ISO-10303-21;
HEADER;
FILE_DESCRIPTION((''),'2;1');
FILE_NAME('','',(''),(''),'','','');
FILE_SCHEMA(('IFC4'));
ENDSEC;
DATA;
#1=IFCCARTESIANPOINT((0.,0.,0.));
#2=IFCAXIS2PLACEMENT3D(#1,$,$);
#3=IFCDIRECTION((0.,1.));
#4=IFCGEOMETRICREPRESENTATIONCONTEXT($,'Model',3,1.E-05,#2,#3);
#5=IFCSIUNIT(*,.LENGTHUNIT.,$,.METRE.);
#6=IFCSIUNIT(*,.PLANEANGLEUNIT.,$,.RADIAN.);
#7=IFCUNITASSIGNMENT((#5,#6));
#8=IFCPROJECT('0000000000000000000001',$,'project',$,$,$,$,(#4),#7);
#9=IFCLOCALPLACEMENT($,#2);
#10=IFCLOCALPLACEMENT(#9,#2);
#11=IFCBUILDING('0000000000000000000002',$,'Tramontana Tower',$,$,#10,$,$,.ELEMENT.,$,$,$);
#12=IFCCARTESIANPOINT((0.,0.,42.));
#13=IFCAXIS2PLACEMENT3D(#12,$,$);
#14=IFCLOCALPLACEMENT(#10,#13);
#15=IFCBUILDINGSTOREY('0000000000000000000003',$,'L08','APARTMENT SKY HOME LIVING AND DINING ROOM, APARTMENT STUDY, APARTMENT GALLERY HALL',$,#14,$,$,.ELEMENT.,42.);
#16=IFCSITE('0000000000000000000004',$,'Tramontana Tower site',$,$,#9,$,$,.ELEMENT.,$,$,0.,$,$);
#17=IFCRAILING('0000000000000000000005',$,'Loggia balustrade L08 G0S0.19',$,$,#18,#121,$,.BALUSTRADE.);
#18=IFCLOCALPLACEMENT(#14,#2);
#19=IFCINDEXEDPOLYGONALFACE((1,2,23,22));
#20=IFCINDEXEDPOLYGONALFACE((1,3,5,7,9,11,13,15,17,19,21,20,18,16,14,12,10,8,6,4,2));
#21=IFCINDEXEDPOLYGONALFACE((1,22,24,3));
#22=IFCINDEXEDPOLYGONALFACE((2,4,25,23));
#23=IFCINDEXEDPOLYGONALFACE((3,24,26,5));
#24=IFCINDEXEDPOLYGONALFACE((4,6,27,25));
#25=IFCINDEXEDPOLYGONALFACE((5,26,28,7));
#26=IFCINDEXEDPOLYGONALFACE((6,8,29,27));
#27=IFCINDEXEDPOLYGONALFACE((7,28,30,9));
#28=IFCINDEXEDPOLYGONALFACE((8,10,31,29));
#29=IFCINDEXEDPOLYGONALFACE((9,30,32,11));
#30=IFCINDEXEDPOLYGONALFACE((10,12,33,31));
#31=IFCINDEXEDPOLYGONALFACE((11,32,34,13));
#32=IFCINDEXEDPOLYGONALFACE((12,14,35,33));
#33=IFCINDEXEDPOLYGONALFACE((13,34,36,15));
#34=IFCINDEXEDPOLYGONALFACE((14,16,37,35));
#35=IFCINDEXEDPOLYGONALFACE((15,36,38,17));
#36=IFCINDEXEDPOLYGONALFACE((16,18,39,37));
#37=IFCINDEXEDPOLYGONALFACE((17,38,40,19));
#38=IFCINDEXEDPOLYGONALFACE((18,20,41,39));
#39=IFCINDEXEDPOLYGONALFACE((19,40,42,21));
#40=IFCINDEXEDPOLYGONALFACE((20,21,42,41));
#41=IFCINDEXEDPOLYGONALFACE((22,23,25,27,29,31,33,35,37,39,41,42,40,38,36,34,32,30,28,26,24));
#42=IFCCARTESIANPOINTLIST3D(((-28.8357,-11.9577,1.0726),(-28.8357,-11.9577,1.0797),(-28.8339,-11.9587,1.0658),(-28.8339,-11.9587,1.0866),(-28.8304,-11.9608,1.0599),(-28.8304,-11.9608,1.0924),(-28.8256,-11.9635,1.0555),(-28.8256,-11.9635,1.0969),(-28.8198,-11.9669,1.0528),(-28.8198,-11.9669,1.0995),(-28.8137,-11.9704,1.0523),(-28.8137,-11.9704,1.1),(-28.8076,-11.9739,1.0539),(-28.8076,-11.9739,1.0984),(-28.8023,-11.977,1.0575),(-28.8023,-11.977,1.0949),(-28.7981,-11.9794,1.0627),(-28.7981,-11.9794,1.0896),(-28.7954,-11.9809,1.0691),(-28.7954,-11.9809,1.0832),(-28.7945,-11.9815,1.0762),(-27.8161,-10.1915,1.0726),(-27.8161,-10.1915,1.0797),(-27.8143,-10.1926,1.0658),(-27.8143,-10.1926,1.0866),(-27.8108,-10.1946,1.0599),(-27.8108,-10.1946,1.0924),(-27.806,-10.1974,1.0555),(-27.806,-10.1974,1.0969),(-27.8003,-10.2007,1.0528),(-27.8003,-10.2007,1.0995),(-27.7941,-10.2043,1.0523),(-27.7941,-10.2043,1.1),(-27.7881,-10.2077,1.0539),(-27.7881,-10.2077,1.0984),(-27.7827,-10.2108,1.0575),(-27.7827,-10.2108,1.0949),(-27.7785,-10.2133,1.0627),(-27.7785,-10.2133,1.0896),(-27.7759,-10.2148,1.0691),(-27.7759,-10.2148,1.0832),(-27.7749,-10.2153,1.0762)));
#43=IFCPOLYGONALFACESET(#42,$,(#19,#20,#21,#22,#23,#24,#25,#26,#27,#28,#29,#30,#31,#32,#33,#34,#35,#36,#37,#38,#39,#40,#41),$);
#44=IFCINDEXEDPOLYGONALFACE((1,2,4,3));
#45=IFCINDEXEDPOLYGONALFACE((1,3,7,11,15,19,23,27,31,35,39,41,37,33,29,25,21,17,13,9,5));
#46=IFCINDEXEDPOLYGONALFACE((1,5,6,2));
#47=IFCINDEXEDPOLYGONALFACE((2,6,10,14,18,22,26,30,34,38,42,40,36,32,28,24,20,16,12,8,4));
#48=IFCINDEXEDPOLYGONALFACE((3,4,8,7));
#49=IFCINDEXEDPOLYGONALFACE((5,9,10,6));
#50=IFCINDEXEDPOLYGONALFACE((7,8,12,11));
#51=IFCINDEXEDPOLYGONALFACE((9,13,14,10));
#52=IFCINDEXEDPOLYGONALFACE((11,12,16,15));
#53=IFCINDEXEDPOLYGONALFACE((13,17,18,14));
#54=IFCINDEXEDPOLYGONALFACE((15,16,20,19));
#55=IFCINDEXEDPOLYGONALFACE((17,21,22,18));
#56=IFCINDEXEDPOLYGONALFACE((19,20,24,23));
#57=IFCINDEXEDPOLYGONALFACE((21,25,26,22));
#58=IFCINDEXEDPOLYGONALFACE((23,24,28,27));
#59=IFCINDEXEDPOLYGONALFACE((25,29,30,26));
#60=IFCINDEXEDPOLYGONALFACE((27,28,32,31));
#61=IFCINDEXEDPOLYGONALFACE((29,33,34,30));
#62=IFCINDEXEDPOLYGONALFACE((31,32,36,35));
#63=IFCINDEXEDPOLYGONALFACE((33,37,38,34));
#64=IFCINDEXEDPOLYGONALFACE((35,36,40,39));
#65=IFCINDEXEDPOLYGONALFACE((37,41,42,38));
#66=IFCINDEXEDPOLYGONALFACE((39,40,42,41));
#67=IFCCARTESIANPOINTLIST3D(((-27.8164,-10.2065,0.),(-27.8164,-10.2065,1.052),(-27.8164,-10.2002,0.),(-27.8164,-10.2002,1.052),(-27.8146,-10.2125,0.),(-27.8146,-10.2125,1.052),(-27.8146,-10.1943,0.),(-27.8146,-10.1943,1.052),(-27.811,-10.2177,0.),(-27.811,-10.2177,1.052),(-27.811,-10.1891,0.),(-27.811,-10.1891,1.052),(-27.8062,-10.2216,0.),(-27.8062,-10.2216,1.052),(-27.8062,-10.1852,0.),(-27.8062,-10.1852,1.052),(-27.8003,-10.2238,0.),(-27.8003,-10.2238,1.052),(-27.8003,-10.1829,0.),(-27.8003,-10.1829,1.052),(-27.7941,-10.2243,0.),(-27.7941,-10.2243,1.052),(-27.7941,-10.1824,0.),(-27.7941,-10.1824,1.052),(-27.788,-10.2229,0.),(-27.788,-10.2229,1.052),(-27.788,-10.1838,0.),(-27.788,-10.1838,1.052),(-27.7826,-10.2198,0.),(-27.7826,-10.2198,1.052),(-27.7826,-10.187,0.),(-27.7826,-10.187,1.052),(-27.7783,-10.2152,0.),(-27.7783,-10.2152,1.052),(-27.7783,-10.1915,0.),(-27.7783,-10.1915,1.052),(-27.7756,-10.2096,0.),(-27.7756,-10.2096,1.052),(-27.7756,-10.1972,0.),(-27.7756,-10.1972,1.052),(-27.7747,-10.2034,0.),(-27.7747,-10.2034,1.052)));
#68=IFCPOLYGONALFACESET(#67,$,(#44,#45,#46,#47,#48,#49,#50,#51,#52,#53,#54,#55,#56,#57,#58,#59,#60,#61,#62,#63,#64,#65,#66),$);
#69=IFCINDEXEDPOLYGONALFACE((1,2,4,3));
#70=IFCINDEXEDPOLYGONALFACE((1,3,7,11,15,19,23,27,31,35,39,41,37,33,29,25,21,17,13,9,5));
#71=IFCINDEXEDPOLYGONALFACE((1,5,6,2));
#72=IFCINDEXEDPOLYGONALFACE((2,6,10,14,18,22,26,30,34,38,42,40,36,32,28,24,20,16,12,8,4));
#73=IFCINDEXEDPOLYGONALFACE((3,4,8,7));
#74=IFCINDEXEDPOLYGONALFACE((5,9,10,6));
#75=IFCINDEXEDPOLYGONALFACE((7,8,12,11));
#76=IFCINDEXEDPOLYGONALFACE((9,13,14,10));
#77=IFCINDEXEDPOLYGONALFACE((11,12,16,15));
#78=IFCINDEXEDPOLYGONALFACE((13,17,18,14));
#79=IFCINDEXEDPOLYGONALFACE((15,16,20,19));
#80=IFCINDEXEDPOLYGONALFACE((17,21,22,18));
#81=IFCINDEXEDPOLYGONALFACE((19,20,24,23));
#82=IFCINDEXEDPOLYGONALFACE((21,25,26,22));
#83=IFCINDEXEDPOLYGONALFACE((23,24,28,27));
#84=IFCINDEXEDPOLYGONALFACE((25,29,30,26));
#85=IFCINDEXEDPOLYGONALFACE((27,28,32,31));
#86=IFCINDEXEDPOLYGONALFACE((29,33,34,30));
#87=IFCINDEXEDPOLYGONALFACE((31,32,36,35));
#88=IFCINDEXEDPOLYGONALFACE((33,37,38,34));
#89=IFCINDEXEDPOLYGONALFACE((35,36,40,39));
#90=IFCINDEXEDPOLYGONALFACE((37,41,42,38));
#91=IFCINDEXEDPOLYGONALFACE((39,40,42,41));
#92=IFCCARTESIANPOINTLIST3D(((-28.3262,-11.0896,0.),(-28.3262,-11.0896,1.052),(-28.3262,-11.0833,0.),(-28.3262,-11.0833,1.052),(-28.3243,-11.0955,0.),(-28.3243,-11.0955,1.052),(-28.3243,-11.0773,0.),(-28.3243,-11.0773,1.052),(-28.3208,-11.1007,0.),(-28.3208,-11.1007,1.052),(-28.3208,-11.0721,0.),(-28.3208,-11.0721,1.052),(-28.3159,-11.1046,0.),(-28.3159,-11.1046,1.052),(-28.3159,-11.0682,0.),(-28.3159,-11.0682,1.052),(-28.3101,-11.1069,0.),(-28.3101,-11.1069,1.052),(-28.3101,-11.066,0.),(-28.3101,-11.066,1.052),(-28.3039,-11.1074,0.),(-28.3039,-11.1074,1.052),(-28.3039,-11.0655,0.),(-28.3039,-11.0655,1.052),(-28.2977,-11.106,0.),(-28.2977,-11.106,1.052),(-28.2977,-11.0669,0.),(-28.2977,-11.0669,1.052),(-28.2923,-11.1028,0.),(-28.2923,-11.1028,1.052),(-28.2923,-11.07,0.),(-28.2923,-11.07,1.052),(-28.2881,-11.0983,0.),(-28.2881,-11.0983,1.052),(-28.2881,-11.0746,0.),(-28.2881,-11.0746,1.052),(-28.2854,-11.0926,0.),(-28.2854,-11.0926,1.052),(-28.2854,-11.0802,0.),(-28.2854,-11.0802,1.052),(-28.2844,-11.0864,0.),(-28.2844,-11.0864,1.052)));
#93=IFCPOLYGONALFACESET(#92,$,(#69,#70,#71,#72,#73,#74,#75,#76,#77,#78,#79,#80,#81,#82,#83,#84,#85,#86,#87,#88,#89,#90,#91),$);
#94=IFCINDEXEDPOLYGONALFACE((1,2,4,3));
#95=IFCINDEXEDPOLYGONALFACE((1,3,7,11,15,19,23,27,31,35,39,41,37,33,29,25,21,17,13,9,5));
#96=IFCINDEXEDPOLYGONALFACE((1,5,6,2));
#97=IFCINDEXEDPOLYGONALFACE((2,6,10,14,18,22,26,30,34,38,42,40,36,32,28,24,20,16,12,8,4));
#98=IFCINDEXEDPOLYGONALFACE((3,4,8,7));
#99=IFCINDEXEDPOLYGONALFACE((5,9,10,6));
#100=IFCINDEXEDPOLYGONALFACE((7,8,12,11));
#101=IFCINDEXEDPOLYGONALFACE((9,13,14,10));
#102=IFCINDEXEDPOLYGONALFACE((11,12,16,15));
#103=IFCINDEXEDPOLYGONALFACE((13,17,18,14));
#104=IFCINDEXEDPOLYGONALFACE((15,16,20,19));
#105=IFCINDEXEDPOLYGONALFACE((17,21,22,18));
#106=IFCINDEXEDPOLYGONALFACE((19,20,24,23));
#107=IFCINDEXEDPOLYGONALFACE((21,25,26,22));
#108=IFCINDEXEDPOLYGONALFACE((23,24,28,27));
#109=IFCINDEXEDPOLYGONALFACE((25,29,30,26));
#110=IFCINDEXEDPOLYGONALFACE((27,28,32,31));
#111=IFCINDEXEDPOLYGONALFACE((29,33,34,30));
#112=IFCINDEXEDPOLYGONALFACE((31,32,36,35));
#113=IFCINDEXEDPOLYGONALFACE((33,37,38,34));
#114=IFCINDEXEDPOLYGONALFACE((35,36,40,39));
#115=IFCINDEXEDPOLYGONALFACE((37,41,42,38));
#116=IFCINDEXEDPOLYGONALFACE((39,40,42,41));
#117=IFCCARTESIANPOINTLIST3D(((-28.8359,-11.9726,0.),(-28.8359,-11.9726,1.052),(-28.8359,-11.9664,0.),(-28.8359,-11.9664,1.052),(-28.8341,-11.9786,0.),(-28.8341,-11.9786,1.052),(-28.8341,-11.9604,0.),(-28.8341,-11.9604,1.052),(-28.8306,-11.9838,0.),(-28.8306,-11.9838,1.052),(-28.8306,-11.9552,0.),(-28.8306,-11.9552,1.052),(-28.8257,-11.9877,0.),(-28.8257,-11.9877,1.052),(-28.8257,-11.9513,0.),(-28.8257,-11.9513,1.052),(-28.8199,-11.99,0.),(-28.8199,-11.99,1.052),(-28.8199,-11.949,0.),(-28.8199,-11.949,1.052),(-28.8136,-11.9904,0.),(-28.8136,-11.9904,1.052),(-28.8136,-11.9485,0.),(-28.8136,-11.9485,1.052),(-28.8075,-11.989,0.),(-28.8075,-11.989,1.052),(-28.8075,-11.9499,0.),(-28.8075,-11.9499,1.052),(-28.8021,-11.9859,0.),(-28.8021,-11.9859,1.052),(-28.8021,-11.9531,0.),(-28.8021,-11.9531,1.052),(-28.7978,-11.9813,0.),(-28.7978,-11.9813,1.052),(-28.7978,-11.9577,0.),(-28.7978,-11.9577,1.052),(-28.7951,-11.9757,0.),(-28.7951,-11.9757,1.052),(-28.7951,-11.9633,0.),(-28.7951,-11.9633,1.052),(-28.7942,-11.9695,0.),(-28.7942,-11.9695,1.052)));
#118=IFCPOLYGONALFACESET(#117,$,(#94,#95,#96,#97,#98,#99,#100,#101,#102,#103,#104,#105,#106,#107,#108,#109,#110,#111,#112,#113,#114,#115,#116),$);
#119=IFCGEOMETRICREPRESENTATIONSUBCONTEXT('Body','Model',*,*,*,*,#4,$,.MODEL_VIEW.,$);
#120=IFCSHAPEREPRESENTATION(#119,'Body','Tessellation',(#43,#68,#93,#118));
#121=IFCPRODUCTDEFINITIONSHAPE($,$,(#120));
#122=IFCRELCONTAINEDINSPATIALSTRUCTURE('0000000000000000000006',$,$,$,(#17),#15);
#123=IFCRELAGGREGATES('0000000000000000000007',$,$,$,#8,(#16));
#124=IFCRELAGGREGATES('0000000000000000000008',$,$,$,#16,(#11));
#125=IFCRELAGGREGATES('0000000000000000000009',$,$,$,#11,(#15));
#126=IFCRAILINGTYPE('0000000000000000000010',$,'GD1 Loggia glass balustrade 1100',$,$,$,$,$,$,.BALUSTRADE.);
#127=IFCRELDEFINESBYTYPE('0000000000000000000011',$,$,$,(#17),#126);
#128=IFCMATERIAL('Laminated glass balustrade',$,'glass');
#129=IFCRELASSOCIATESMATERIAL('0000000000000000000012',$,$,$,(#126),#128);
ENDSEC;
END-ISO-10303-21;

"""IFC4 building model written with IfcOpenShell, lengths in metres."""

from ifc_helpers import new_model, si_unit, direction, frame, origin, origin_2d, place, context, subcontext, project, spatial, circle, extrude, material, type_object, element, save


model = new_model("IFC4")

# Units and contexts
model_context = context("Model", 3, precision=1e-05, world=origin(), true_north=direction((0.0, 1.0)))
body_context = subcontext(model_context, "Body", "Model", "MODEL_VIEW")
ifc_project = project(units=[si_unit("LENGTHUNIT", "METRE"), si_unit("PLANEANGLEUNIT", "RADIAN")], contexts=[model_context])

# Site, building, storey
site_placement = place(None, origin())
site = spatial("IfcSite", under=ifc_project, at=site_placement, Name="Tramontana Tower site", CompositionType="ELEMENT", RefElevation=0.0)
building_placement = place(site_placement, origin())
building = spatial("IfcBuilding", under=site, at=building_placement, Name="Tramontana Tower", CompositionType="ELEMENT")
storey_placement = place(building_placement, frame((0.0, 0.0, 42.0)))
storey = spatial("IfcBuildingStorey", under=building, at=storey_placement, Name="L08", Description="APARTMENT SKY HOME LIVING AND DINING ROOM, APARTMENT STUDY, APARTMENT GALLERY HALL", CompositionType="ELEMENT", Elevation=42.0)

# Railing
ifc_material_1 = material(Name="Laminated glass balustrade", Category="glass")
railing_type = type_object("IfcRailingType", Name="GD1 Loggia glass balustrade 1100", PredefinedType="BALUSTRADE", material=ifc_material_1)
railing_placement = place(storey_placement, frame((-27.7957, -10.2034, 0.0)))
element("IfcRailing", 1, at=railing_placement, inside=storey, type_object=railing_type, Name="Loggia balustrade L08 G0S0.19", PredefinedType="BALUSTRADE", context=body_context, shape_type="SweptSolid", body=[
    extrude(circle(Radius=0.0239, at=origin_2d()), frame((0.0, 0.0, 1.0762), z_axis=(-0.49995, -0.866054, 0.0), x_axis=(0.866054, -0.49995, 0.0)), (0.0, 0.0, 1.0), 2.0393),
    extrude(circle(Radius=0.021, at=origin_2d()), origin(), (0.0, 0.0, 1.0), 1.052),
    extrude(circle(Radius=0.021, at=origin_2d()), frame((-0.5098, -0.8831, 0.0)), (0.0, 0.0, 1.0), 1.052),
    extrude(circle(Radius=0.021, at=origin_2d()), frame((-1.0195, -1.7661, 0.0)), (0.0, 0.0, 1.0), 1.052),
])

save(model, "model.ifc")
